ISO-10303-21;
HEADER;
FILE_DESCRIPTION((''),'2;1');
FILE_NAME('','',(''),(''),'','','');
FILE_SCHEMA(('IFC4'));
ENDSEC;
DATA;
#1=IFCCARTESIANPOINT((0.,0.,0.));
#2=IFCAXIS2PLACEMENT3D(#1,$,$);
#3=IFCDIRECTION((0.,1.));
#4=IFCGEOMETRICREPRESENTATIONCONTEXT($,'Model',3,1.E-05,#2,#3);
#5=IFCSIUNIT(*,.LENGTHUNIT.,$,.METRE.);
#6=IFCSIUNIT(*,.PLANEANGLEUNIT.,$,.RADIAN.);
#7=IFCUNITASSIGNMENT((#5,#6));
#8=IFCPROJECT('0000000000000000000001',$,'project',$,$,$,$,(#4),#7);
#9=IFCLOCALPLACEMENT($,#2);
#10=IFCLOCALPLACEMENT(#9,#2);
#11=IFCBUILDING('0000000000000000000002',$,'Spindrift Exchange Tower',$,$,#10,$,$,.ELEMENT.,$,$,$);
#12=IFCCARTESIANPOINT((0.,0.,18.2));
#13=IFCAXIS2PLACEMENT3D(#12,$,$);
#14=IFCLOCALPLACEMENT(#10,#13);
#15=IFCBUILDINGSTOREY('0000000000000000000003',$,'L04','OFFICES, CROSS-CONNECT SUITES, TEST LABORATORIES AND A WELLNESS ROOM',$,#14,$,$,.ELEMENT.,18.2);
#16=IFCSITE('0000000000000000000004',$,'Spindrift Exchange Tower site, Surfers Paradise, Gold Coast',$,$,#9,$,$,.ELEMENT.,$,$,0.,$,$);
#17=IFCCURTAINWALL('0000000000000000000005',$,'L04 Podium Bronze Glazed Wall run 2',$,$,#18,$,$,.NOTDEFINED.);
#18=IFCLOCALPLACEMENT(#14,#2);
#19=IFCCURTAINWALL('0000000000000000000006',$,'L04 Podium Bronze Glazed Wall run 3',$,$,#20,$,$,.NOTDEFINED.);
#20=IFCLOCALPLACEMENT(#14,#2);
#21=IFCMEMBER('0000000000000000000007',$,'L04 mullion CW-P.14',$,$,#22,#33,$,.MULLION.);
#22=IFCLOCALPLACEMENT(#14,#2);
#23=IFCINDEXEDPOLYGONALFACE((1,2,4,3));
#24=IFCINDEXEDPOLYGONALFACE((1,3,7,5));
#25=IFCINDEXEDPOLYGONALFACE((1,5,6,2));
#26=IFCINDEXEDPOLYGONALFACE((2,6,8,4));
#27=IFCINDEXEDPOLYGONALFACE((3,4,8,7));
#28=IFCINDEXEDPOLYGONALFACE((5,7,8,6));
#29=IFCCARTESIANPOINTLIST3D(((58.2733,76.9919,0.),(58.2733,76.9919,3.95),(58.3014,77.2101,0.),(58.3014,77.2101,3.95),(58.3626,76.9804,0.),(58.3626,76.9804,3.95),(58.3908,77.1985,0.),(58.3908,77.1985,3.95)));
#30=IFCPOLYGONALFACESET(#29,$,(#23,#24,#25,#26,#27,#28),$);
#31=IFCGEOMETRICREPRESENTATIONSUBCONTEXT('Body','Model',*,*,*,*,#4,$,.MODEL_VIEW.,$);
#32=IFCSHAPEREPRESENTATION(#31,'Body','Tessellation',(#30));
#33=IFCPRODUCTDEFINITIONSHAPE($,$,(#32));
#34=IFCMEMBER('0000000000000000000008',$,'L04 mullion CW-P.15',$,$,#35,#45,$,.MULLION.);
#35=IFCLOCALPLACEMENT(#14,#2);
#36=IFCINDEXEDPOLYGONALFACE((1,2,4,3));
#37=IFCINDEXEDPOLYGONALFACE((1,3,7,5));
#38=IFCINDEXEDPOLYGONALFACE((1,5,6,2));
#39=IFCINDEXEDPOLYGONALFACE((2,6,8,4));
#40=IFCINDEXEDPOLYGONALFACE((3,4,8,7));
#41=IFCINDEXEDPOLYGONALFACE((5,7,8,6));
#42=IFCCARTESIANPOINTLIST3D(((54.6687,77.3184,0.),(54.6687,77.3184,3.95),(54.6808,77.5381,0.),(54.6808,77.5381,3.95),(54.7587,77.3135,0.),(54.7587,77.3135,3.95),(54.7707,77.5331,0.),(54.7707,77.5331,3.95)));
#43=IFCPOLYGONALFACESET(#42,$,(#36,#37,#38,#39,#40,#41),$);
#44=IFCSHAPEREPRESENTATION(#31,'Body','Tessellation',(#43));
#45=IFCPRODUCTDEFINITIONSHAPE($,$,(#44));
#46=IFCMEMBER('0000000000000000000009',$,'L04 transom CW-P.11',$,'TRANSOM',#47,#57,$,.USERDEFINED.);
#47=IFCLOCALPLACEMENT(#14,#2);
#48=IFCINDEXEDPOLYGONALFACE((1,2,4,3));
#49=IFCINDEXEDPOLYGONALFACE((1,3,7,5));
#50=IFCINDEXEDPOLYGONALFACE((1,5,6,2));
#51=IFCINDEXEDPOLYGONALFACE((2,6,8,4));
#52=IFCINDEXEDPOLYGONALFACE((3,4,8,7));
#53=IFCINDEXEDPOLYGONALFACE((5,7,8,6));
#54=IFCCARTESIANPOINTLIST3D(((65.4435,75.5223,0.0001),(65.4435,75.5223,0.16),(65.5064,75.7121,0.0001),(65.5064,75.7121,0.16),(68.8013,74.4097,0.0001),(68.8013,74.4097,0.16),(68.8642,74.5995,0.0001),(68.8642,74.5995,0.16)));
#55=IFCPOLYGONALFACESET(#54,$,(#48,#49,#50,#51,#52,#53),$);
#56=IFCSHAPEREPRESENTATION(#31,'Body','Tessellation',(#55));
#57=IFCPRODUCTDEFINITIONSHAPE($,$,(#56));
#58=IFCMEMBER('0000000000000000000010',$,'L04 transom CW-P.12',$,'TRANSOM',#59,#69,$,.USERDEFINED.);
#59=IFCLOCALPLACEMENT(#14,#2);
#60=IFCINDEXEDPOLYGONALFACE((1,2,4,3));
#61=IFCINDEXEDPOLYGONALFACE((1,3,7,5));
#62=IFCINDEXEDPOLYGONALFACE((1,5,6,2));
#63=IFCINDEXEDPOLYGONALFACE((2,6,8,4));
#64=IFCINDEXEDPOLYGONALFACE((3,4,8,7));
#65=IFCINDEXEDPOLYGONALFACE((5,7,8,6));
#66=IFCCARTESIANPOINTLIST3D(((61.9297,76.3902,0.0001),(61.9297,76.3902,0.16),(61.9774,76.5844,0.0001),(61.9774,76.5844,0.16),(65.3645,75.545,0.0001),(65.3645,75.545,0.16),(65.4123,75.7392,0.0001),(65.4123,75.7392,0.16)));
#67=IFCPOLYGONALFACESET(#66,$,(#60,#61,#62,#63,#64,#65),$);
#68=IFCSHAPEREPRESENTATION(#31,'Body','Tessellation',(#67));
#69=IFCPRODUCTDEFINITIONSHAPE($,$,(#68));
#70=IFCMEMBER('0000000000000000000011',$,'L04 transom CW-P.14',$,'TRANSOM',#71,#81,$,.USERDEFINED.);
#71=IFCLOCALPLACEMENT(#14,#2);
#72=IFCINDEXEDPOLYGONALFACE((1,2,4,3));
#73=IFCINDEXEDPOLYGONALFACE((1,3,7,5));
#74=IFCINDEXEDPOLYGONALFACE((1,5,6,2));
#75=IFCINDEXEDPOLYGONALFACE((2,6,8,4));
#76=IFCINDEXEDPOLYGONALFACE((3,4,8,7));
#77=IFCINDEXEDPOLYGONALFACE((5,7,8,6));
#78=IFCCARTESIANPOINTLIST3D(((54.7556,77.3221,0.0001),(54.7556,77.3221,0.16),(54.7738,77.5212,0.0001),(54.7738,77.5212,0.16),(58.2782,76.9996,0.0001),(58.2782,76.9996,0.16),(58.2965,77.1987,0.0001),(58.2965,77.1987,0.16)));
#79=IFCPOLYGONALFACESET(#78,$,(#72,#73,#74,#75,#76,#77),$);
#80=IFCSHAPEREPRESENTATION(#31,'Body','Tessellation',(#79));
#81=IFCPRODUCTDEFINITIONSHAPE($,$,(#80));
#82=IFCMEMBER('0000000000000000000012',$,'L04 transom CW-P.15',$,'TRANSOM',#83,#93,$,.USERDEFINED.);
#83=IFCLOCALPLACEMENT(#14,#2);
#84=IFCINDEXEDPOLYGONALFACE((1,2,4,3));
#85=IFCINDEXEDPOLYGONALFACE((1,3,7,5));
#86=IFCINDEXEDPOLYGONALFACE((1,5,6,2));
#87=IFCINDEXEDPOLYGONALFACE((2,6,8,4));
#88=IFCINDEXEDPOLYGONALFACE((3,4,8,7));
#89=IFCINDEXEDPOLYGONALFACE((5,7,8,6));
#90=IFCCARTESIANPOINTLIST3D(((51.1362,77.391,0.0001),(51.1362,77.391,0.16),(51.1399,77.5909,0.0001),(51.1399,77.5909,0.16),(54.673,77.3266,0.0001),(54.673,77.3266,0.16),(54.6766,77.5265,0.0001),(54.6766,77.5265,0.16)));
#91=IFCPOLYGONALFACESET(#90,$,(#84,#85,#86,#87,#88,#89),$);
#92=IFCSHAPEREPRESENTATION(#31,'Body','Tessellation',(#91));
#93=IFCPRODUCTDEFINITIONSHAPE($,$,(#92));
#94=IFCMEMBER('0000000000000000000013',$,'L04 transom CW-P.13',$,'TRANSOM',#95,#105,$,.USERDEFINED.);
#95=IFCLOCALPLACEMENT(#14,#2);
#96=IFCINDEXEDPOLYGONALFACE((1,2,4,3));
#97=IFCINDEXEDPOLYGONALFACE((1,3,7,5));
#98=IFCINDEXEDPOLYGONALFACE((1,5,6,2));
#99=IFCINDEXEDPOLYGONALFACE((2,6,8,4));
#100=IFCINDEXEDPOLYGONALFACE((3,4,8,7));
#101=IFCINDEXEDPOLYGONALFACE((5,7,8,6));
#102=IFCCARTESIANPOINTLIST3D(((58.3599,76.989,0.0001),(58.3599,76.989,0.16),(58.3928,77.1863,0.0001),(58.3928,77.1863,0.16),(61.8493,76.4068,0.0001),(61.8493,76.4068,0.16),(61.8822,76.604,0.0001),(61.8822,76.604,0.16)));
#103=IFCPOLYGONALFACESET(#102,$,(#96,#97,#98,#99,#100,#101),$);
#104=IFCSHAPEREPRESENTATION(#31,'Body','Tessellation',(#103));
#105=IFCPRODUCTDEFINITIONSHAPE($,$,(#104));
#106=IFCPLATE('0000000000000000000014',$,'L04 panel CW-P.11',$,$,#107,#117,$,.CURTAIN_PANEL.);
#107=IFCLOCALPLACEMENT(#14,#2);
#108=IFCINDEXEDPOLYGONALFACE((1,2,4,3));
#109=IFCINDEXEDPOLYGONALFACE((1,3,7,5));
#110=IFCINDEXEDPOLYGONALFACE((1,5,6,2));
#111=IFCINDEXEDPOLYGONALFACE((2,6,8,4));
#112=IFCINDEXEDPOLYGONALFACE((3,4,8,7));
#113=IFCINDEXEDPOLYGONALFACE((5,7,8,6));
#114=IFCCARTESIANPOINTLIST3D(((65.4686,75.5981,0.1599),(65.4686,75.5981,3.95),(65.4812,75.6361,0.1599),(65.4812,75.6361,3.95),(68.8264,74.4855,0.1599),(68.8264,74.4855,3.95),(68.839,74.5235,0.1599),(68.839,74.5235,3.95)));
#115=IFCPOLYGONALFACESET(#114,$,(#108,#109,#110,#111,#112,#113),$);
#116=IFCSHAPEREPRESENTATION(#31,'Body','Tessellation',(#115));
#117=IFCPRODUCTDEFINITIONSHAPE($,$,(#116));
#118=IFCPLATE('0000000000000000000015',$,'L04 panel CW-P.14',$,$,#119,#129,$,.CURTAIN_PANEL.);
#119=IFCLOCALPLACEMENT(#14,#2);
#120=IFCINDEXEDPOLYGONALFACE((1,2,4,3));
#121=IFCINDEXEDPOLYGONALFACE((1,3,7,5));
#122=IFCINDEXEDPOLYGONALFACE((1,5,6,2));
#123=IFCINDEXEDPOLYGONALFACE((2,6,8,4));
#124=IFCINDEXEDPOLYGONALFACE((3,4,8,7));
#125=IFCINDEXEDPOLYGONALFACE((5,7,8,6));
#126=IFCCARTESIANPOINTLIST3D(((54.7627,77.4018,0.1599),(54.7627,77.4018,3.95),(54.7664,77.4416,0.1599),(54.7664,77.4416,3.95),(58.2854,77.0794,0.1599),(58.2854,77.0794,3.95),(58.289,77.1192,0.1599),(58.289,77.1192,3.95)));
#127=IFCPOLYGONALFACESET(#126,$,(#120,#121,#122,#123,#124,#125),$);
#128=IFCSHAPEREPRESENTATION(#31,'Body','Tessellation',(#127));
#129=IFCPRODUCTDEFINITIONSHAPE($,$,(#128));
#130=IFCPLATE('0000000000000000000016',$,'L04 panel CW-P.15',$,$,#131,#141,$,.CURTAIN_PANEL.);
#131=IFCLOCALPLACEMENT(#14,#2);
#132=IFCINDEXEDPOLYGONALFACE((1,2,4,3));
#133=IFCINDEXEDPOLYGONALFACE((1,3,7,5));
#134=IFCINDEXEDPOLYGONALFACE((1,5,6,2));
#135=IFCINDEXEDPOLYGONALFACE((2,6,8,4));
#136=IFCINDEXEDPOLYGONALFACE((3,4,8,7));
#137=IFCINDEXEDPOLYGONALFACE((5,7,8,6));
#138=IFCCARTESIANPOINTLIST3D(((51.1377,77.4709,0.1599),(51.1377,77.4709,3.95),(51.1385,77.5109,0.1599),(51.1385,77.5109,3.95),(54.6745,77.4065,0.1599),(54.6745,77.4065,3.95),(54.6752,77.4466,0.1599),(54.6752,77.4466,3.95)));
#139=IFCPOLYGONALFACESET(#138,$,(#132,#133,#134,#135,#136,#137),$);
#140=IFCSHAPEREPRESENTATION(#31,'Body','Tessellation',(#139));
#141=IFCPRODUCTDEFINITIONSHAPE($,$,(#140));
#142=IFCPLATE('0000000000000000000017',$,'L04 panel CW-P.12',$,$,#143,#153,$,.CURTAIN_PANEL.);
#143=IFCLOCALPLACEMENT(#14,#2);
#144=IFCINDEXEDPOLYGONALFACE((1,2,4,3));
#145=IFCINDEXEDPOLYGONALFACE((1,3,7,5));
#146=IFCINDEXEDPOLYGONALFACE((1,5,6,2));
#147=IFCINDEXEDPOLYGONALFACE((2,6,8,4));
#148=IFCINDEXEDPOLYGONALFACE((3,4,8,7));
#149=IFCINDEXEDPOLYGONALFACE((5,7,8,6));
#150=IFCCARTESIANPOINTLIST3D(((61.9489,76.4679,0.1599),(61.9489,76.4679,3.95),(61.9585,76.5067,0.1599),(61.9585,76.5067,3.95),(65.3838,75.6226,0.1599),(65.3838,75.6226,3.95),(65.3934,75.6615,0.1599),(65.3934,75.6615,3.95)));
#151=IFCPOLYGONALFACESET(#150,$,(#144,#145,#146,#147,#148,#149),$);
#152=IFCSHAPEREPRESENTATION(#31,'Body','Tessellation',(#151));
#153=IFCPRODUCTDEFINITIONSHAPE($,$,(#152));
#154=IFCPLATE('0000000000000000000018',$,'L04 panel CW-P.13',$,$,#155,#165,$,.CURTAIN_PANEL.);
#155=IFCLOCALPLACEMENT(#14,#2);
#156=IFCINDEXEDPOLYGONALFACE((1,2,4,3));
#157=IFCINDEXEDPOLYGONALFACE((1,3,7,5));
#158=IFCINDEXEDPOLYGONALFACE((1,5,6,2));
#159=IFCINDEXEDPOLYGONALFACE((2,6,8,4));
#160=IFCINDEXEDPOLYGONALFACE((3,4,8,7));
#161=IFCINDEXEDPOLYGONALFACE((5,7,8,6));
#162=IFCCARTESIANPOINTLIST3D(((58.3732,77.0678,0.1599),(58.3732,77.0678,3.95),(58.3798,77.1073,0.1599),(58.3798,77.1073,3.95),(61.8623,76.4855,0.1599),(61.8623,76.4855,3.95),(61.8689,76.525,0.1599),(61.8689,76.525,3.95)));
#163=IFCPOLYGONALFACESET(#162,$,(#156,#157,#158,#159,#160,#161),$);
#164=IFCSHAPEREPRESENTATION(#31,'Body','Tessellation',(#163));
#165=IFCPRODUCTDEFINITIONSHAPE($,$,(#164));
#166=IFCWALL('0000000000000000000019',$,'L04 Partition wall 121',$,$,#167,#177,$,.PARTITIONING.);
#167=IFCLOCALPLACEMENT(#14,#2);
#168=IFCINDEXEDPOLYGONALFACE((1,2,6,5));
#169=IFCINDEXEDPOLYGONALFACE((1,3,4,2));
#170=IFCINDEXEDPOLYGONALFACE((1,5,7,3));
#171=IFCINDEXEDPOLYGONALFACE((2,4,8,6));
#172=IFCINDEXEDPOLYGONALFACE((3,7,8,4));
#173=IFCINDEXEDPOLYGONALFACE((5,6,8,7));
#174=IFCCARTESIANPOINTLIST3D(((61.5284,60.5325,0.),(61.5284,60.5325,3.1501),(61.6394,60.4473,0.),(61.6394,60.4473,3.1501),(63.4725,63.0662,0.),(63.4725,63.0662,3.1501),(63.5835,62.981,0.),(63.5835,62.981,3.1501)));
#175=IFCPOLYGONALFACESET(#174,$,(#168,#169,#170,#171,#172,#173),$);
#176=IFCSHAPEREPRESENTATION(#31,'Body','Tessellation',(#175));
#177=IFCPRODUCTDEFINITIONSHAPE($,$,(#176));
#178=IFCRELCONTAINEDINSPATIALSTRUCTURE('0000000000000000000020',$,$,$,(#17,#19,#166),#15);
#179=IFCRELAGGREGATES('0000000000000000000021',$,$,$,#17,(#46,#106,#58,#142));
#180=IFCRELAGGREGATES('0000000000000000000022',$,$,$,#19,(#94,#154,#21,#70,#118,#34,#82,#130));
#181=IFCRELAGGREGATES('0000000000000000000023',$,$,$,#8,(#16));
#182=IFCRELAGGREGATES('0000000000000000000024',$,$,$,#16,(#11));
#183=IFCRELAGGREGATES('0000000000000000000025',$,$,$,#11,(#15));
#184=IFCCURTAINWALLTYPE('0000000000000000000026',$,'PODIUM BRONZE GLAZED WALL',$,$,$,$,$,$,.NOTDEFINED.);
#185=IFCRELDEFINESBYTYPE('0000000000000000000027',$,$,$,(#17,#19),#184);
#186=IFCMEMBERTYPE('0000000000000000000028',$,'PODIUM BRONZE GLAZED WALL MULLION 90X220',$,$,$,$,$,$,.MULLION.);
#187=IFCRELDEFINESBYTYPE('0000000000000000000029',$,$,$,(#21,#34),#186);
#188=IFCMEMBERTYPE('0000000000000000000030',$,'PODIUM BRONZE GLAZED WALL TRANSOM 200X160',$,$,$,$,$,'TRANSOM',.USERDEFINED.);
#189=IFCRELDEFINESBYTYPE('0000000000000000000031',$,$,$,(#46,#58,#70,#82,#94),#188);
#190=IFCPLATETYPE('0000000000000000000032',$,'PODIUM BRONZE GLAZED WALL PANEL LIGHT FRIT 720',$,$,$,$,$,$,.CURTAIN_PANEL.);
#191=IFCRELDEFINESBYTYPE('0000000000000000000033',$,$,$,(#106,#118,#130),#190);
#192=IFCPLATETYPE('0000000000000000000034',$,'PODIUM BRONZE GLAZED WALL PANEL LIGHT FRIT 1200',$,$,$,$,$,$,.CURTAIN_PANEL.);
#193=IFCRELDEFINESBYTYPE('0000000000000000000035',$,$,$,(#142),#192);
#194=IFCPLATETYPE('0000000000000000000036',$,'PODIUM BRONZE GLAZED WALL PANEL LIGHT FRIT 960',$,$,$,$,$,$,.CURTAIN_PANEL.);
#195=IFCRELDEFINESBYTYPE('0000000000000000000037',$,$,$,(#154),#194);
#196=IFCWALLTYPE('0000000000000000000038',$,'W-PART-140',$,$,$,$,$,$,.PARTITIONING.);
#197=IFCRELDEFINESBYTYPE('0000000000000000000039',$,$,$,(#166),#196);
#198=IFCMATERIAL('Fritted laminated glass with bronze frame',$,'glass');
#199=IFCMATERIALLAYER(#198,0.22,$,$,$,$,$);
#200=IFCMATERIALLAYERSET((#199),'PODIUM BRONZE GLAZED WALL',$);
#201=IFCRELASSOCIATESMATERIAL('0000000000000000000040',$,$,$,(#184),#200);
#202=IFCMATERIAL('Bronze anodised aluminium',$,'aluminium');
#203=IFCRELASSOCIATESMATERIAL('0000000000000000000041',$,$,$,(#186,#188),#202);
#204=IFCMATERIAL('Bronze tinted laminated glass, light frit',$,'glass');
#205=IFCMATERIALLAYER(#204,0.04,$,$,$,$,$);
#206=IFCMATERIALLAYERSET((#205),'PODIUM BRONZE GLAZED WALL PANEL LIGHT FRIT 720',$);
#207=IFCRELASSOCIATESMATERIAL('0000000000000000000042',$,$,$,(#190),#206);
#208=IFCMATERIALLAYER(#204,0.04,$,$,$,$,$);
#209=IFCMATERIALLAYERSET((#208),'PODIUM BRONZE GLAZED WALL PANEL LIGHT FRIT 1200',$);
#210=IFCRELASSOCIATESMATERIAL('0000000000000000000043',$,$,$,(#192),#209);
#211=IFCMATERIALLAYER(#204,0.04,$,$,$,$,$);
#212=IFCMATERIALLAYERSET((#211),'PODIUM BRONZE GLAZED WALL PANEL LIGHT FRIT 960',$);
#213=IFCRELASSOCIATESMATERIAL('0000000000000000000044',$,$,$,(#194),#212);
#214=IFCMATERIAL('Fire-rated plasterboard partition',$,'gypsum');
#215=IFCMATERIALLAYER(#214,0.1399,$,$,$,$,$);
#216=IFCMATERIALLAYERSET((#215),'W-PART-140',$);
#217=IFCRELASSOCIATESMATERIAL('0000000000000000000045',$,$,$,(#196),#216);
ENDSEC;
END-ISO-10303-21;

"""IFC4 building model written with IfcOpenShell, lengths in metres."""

from ifc_helpers import new_model, si_unit, direction, frame, frame_2d, origin, origin_2d, place, context, subcontext, project, spatial, rectangle, extrude, source, transform, mapped, material, layer, layer_set, material_profile, profile_set, type_object, element, aggregate, save


model = new_model("IFC4")

# Units and contexts
model_context = context("Model", 3, precision=1e-05, world=origin(), true_north=direction((0.0, 1.0)))
body_context = subcontext(model_context, "Body", "Model", "MODEL_VIEW")
ifc_project = project(units=[si_unit("LENGTHUNIT", "METRE"), si_unit("PLANEANGLEUNIT", "RADIAN")], contexts=[model_context])

# Site, building, storey
site_placement = place(None, origin())
site = spatial("IfcSite", under=ifc_project, at=site_placement, Name="Spindrift Exchange Tower site, Surfers Paradise, Gold Coast", CompositionType="ELEMENT", RefElevation=0.0)
building_placement = place(site_placement, origin())
building = spatial("IfcBuilding", under=site, at=building_placement, Name="Spindrift Exchange Tower", CompositionType="ELEMENT")
storey_placement = place(building_placement, frame((0.0, 0.0, 18.2)))
storey = spatial("IfcBuildingStorey", under=building, at=storey_placement, Name="L04", Description="OFFICES, CROSS-CONNECT SUITES, TEST LABORATORIES AND A WELLNESS ROOM", CompositionType="ELEMENT", Elevation=18.2)

# Curtain walls, members
ifc_material_1 = material(Name="Fritted laminated glass with bronze frame", Category="glass")
ifc_layer_1 = layer(ifc_material_1, 0.22)
ifc_layer_set_1 = layer_set([ifc_layer_1], Name="PODIUM BRONZE GLAZED WALL")
curtain_wall_type = type_object("IfcCurtainWallType", Name="PODIUM BRONZE GLAZED WALL", PredefinedType="NOTDEFINED", material=ifc_layer_set_1)
curtain_wall_1_placement = place(storey_placement, origin())
curtain_wall_1 = element("IfcCurtainWall", 1, at=curtain_wall_1_placement, inside=storey, type_object=curtain_wall_type, Name="L04 Podium Bronze Glazed Wall run 2", PredefinedType="NOTDEFINED")
ifc_material_2 = material(Name="Bronze anodised aluminium", Category="aluminium")
ifc_material_profile_1 = material_profile(ifc_material_2, rectangle(XDim=0.0901, YDim=0.22, at=origin_2d()), Name="PODIUM BRONZE GLAZED WALL MULLION 90X220")
ifc_profile_set_1 = profile_set([ifc_material_profile_1], Name="Bronze anodised aluminium")
member_type_1 = type_object("IfcMemberType", Name="PODIUM BRONZE GLAZED WALL MULLION 90X220", PredefinedType="MULLION", material=ifc_profile_set_1)
shared_shape_1 = source(origin(), body_context, "Body", "SweptSolid", [
    extrude(rectangle(XDim=0.0901, YDim=0.22, at=origin_2d()), origin(), (0.0, 0.0, 1.0), 3.95),
])
curtain_wall_2_placement = place(storey_placement, origin())
curtain_wall_2 = element("IfcCurtainWall", 2, at=curtain_wall_2_placement, inside=storey, type_object=curtain_wall_type, Name="L04 Podium Bronze Glazed Wall run 3", PredefinedType="NOTDEFINED")
member_1_placement = place(storey_placement, frame((58.332, 77.0952, 0.0), z_axis=(0.0, 0.0, 1.0), x_axis=(-0.991779, 0.127962, 0.0)))
member_1 = element("IfcMember", 3, at=member_1_placement, type_object=member_type_1, Name="L04 mullion CW-P.14", PredefinedType="MULLION", context=body_context, shape_type="MappedRepresentation", body=[
    mapped(shared_shape_1, transform((0.0, 0.0, 0.0), scale=1.0)),
])
member_2_placement = place(storey_placement, frame((54.7197, 77.4258, 0.0), z_axis=(0.0, 0.0, 1.0), x_axis=(-0.998503, 0.054704, 0.0)))
member_2 = element("IfcMember", 4, at=member_2_placement, type_object=member_type_1, Name="L04 mullion CW-P.15", PredefinedType="MULLION", context=body_context, shape_type="MappedRepresentation", body=[
    mapped(shared_shape_1, transform((0.0, 0.0, 0.0), scale=1.0)),
])

# Members
ifc_material_profile_2 = material_profile(ifc_material_2, rectangle(XDim=0.2, YDim=0.1599, at=origin_2d()), Name="PODIUM BRONZE GLAZED WALL TRANSOM 200X160")
ifc_profile_set_2 = profile_set([ifc_material_profile_2], Name="Bronze anodised aluminium")
member_type_2 = type_object("IfcMemberType", Name="PODIUM BRONZE GLAZED WALL TRANSOM 200X160", ElementType="TRANSOM", PredefinedType="USERDEFINED", material=ifc_profile_set_2)
shared_shape_2 = source(origin(), body_context, "Body", "SweptSolid", [
    extrude(rectangle(XDim=0.2, YDim=0.1599, at=origin_2d()), origin(), (0.0, 0.0, 1.0), 3.5374),
])
member_3_placement = place(storey_placement, frame((68.8328, 74.5046, 0.0801), z_axis=(-0.949255, 0.314509, 0.0), x_axis=(-0.314509, -0.949255, 0.0)))
member_3 = element("IfcMember", 5, at=member_3_placement, type_object=member_type_2, Name="L04 transom CW-P.11", ObjectType="TRANSOM", PredefinedType="USERDEFINED", context=body_context, shape_type="MappedRepresentation", body=[
    mapped(shared_shape_2, transform((0.0, 0.0, 0.0), scale=1.0)),
])
member_4_placement = place(storey_placement, frame((65.3884, 75.6421, 0.0801), z_axis=(-0.971033, 0.238945, 0.0), x_axis=(-0.238945, -0.971033, 0.0)))
member_4 = element("IfcMember", 6, at=member_4_placement, type_object=member_type_2, Name="L04 transom CW-P.12", ObjectType="TRANSOM", PredefinedType="USERDEFINED", context=body_context, shape_type="MappedRepresentation", body=[
    mapped(shared_shape_2, transform((0.0, 0.0, 0.0), scale=1.0)),
])
member_5_placement = place(storey_placement, frame((58.2874, 77.0991, 0.0801), z_axis=(-0.995835, 0.09117, 0.0), x_axis=(-0.09117, -0.995835, 0.0)))
member_5 = element("IfcMember", 7, at=member_5_placement, type_object=member_type_2, Name="L04 transom CW-P.14", ObjectType="TRANSOM", PredefinedType="USERDEFINED", context=body_context, shape_type="MappedRepresentation", body=[
    mapped(shared_shape_2, transform((0.0, 0.0, 0.0), scale=1.0)),
])
member_6_placement = place(storey_placement, frame((54.6748, 77.4265, 0.0801), z_axis=(-0.999834, 0.01822, 0.0), x_axis=(-0.01822, -0.999834, 0.0)))
member_6 = element("IfcMember", 8, at=member_6_placement, type_object=member_type_2, Name="L04 transom CW-P.15", ObjectType="TRANSOM", PredefinedType="USERDEFINED", context=body_context, shape_type="MappedRepresentation", body=[
    mapped(shared_shape_2, transform((0.0, 0.0, 0.0), scale=1.0)),
])
shared_shape_3 = source(origin(), body_context, "Body", "SweptSolid", [
    extrude(rectangle(XDim=0.2, YDim=0.1599, at=origin_2d()), origin(), (0.0, 0.0, 1.0), 3.5376),
])
member_7_placement = place(storey_placement, frame((61.8657, 76.5054, 0.0801), z_axis=(-0.98636, 0.1646, 0.0), x_axis=(-0.1646, -0.98636, 0.0)))
member_7 = element("IfcMember", 9, at=member_7_placement, type_object=member_type_2, Name="L04 transom CW-P.13", ObjectType="TRANSOM", PredefinedType="USERDEFINED", context=body_context, shape_type="MappedRepresentation", body=[
    mapped(shared_shape_3, transform((0.0, 0.0, 0.0), scale=1.0)),
])

# Plates
ifc_material_3 = material(Name="Bronze tinted laminated glass, light frit", Category="glass")
ifc_layer_2 = layer(ifc_material_3, 0.04)
ifc_layer_set_2 = layer_set([ifc_layer_2], Name="PODIUM BRONZE GLAZED WALL PANEL LIGHT FRIT 720")
plate_type_1 = type_object("IfcPlateType", Name="PODIUM BRONZE GLAZED WALL PANEL LIGHT FRIT 720", PredefinedType="CURTAIN_PANEL", material=ifc_layer_set_2)
shared_shape_4 = source(origin(), body_context, "Body", "SweptSolid", [
    extrude(rectangle(XDim=3.5374, YDim=0.04, at=origin_2d()), origin(), (0.0, 0.0, 1.0), 3.79),
])
plate_1_placement = place(storey_placement, frame((67.1538, 75.0608, 0.1599), z_axis=(0.0, 0.0, 1.0), x_axis=(-0.949247, 0.314533, 0.0)))
plate_1 = element("IfcPlate", 10, at=plate_1_placement, type_object=plate_type_1, Name="L04 panel CW-P.11", PredefinedType="CURTAIN_PANEL", context=body_context, shape_type="MappedRepresentation", body=[
    mapped(shared_shape_4, transform((0.0, 0.0, 0.0), scale=1.0)),
])
plate_2_placement = place(storey_placement, frame((56.5259, 77.2605, 0.1599), z_axis=(0.0, 0.0, 1.0), x_axis=(-0.995838, 0.09114, 0.0)))
plate_2 = element("IfcPlate", 11, at=plate_2_placement, type_object=plate_type_1, Name="L04 panel CW-P.14", PredefinedType="CURTAIN_PANEL", context=body_context, shape_type="MappedRepresentation", body=[
    mapped(shared_shape_4, transform((0.0, 0.0, 0.0), scale=1.0)),
])
plate_3_placement = place(storey_placement, frame((52.9065, 77.4587, 0.1599), z_axis=(0.0, 0.0, 1.0), x_axis=(-0.999834, 0.018194, 0.0)))
plate_3 = element("IfcPlate", 12, at=plate_3_placement, type_object=plate_type_1, Name="L04 panel CW-P.15", PredefinedType="CURTAIN_PANEL", context=body_context, shape_type="MappedRepresentation", body=[
    mapped(shared_shape_4, transform((0.0, 0.0, 0.0), scale=1.0)),
])
ifc_layer_3 = layer(ifc_material_3, 0.04)
ifc_layer_set_3 = layer_set([ifc_layer_3], Name="PODIUM BRONZE GLAZED WALL PANEL LIGHT FRIT 1200")
plate_type_2 = type_object("IfcPlateType", Name="PODIUM BRONZE GLAZED WALL PANEL LIGHT FRIT 1200", PredefinedType="CURTAIN_PANEL", material=ifc_layer_set_3)
shared_shape_5 = source(origin(), body_context, "Body", "SweptSolid", [
    extrude(rectangle(XDim=3.5374, YDim=0.04, at=origin_2d()), origin(), (0.0, 0.0, 1.0), 3.79),
])
plate_4_placement = place(storey_placement, frame((63.6711, 76.0647, 0.1599), z_axis=(0.0, 0.0, 1.0), x_axis=(-0.971034, 0.23894, 0.0)))
plate_4 = element("IfcPlate", 13, at=plate_4_placement, type_object=plate_type_2, Name="L04 panel CW-P.12", PredefinedType="CURTAIN_PANEL", context=body_context, shape_type="MappedRepresentation", body=[
    mapped(shared_shape_5, transform((0.0, 0.0, 0.0), scale=1.0)),
])
aggregate(curtain_wall_1, [member_3, plate_1, member_4, plate_4])
ifc_layer_4 = layer(ifc_material_3, 0.04)
ifc_layer_set_4 = layer_set([ifc_layer_4], Name="PODIUM BRONZE GLAZED WALL PANEL LIGHT FRIT 960")
plate_type_3 = type_object("IfcPlateType", Name="PODIUM BRONZE GLAZED WALL PANEL LIGHT FRIT 960", PredefinedType="CURTAIN_PANEL", material=ifc_layer_set_4)
shared_shape_6 = source(origin(), body_context, "Body", "SweptSolid", [
    extrude(rectangle(XDim=3.5374, YDim=0.04, at=origin_2d()), origin(), (0.0, 0.0, 1.0), 3.79),
])
plate_5_placement = place(storey_placement, frame((60.1211, 76.7964, 0.1599), z_axis=(0.0, 0.0, 1.0), x_axis=(-0.986359, 0.164609, 0.0)))
plate_5 = element("IfcPlate", 14, at=plate_5_placement, type_object=plate_type_3, Name="L04 panel CW-P.13", PredefinedType="CURTAIN_PANEL", context=body_context, shape_type="MappedRepresentation", body=[
    mapped(shared_shape_6, transform((0.0, 0.0, 0.0), scale=1.0)),
])
aggregate(curtain_wall_2, [member_7, plate_5, member_1, member_5, plate_2, member_2, member_6, plate_3])

# Wall
ifc_material_4 = material(Name="Fire-rated plasterboard partition", Category="gypsum")
ifc_layer_5 = layer(ifc_material_4, 0.1399)
ifc_layer_set_5 = layer_set([ifc_layer_5], Name="W-PART-140")
wall_type_1 = type_object("IfcWallType", Name="W-PART-140", PredefinedType="PARTITIONING", material=ifc_layer_set_5)
wall_1_placement = place(storey_placement, frame((61.584, 60.49, 0.0), z_axis=(0.0, 0.0, 1.0), x_axis=(0.608746, 0.793365, 0.0)))
element("IfcWall", 15, at=wall_1_placement, inside=storey, type_object=wall_type_1, Name="L04 Partition wall 121", PredefinedType="PARTITIONING", context=body_context, shape_type="SweptSolid", body=[
    extrude(rectangle(XDim=3.1936, YDim=0.1399, at=frame_2d((1.5967, 0.0))), origin(), (0.0, 0.0, 1.0), 3.1501),
])

save(model, "model.ifc")
